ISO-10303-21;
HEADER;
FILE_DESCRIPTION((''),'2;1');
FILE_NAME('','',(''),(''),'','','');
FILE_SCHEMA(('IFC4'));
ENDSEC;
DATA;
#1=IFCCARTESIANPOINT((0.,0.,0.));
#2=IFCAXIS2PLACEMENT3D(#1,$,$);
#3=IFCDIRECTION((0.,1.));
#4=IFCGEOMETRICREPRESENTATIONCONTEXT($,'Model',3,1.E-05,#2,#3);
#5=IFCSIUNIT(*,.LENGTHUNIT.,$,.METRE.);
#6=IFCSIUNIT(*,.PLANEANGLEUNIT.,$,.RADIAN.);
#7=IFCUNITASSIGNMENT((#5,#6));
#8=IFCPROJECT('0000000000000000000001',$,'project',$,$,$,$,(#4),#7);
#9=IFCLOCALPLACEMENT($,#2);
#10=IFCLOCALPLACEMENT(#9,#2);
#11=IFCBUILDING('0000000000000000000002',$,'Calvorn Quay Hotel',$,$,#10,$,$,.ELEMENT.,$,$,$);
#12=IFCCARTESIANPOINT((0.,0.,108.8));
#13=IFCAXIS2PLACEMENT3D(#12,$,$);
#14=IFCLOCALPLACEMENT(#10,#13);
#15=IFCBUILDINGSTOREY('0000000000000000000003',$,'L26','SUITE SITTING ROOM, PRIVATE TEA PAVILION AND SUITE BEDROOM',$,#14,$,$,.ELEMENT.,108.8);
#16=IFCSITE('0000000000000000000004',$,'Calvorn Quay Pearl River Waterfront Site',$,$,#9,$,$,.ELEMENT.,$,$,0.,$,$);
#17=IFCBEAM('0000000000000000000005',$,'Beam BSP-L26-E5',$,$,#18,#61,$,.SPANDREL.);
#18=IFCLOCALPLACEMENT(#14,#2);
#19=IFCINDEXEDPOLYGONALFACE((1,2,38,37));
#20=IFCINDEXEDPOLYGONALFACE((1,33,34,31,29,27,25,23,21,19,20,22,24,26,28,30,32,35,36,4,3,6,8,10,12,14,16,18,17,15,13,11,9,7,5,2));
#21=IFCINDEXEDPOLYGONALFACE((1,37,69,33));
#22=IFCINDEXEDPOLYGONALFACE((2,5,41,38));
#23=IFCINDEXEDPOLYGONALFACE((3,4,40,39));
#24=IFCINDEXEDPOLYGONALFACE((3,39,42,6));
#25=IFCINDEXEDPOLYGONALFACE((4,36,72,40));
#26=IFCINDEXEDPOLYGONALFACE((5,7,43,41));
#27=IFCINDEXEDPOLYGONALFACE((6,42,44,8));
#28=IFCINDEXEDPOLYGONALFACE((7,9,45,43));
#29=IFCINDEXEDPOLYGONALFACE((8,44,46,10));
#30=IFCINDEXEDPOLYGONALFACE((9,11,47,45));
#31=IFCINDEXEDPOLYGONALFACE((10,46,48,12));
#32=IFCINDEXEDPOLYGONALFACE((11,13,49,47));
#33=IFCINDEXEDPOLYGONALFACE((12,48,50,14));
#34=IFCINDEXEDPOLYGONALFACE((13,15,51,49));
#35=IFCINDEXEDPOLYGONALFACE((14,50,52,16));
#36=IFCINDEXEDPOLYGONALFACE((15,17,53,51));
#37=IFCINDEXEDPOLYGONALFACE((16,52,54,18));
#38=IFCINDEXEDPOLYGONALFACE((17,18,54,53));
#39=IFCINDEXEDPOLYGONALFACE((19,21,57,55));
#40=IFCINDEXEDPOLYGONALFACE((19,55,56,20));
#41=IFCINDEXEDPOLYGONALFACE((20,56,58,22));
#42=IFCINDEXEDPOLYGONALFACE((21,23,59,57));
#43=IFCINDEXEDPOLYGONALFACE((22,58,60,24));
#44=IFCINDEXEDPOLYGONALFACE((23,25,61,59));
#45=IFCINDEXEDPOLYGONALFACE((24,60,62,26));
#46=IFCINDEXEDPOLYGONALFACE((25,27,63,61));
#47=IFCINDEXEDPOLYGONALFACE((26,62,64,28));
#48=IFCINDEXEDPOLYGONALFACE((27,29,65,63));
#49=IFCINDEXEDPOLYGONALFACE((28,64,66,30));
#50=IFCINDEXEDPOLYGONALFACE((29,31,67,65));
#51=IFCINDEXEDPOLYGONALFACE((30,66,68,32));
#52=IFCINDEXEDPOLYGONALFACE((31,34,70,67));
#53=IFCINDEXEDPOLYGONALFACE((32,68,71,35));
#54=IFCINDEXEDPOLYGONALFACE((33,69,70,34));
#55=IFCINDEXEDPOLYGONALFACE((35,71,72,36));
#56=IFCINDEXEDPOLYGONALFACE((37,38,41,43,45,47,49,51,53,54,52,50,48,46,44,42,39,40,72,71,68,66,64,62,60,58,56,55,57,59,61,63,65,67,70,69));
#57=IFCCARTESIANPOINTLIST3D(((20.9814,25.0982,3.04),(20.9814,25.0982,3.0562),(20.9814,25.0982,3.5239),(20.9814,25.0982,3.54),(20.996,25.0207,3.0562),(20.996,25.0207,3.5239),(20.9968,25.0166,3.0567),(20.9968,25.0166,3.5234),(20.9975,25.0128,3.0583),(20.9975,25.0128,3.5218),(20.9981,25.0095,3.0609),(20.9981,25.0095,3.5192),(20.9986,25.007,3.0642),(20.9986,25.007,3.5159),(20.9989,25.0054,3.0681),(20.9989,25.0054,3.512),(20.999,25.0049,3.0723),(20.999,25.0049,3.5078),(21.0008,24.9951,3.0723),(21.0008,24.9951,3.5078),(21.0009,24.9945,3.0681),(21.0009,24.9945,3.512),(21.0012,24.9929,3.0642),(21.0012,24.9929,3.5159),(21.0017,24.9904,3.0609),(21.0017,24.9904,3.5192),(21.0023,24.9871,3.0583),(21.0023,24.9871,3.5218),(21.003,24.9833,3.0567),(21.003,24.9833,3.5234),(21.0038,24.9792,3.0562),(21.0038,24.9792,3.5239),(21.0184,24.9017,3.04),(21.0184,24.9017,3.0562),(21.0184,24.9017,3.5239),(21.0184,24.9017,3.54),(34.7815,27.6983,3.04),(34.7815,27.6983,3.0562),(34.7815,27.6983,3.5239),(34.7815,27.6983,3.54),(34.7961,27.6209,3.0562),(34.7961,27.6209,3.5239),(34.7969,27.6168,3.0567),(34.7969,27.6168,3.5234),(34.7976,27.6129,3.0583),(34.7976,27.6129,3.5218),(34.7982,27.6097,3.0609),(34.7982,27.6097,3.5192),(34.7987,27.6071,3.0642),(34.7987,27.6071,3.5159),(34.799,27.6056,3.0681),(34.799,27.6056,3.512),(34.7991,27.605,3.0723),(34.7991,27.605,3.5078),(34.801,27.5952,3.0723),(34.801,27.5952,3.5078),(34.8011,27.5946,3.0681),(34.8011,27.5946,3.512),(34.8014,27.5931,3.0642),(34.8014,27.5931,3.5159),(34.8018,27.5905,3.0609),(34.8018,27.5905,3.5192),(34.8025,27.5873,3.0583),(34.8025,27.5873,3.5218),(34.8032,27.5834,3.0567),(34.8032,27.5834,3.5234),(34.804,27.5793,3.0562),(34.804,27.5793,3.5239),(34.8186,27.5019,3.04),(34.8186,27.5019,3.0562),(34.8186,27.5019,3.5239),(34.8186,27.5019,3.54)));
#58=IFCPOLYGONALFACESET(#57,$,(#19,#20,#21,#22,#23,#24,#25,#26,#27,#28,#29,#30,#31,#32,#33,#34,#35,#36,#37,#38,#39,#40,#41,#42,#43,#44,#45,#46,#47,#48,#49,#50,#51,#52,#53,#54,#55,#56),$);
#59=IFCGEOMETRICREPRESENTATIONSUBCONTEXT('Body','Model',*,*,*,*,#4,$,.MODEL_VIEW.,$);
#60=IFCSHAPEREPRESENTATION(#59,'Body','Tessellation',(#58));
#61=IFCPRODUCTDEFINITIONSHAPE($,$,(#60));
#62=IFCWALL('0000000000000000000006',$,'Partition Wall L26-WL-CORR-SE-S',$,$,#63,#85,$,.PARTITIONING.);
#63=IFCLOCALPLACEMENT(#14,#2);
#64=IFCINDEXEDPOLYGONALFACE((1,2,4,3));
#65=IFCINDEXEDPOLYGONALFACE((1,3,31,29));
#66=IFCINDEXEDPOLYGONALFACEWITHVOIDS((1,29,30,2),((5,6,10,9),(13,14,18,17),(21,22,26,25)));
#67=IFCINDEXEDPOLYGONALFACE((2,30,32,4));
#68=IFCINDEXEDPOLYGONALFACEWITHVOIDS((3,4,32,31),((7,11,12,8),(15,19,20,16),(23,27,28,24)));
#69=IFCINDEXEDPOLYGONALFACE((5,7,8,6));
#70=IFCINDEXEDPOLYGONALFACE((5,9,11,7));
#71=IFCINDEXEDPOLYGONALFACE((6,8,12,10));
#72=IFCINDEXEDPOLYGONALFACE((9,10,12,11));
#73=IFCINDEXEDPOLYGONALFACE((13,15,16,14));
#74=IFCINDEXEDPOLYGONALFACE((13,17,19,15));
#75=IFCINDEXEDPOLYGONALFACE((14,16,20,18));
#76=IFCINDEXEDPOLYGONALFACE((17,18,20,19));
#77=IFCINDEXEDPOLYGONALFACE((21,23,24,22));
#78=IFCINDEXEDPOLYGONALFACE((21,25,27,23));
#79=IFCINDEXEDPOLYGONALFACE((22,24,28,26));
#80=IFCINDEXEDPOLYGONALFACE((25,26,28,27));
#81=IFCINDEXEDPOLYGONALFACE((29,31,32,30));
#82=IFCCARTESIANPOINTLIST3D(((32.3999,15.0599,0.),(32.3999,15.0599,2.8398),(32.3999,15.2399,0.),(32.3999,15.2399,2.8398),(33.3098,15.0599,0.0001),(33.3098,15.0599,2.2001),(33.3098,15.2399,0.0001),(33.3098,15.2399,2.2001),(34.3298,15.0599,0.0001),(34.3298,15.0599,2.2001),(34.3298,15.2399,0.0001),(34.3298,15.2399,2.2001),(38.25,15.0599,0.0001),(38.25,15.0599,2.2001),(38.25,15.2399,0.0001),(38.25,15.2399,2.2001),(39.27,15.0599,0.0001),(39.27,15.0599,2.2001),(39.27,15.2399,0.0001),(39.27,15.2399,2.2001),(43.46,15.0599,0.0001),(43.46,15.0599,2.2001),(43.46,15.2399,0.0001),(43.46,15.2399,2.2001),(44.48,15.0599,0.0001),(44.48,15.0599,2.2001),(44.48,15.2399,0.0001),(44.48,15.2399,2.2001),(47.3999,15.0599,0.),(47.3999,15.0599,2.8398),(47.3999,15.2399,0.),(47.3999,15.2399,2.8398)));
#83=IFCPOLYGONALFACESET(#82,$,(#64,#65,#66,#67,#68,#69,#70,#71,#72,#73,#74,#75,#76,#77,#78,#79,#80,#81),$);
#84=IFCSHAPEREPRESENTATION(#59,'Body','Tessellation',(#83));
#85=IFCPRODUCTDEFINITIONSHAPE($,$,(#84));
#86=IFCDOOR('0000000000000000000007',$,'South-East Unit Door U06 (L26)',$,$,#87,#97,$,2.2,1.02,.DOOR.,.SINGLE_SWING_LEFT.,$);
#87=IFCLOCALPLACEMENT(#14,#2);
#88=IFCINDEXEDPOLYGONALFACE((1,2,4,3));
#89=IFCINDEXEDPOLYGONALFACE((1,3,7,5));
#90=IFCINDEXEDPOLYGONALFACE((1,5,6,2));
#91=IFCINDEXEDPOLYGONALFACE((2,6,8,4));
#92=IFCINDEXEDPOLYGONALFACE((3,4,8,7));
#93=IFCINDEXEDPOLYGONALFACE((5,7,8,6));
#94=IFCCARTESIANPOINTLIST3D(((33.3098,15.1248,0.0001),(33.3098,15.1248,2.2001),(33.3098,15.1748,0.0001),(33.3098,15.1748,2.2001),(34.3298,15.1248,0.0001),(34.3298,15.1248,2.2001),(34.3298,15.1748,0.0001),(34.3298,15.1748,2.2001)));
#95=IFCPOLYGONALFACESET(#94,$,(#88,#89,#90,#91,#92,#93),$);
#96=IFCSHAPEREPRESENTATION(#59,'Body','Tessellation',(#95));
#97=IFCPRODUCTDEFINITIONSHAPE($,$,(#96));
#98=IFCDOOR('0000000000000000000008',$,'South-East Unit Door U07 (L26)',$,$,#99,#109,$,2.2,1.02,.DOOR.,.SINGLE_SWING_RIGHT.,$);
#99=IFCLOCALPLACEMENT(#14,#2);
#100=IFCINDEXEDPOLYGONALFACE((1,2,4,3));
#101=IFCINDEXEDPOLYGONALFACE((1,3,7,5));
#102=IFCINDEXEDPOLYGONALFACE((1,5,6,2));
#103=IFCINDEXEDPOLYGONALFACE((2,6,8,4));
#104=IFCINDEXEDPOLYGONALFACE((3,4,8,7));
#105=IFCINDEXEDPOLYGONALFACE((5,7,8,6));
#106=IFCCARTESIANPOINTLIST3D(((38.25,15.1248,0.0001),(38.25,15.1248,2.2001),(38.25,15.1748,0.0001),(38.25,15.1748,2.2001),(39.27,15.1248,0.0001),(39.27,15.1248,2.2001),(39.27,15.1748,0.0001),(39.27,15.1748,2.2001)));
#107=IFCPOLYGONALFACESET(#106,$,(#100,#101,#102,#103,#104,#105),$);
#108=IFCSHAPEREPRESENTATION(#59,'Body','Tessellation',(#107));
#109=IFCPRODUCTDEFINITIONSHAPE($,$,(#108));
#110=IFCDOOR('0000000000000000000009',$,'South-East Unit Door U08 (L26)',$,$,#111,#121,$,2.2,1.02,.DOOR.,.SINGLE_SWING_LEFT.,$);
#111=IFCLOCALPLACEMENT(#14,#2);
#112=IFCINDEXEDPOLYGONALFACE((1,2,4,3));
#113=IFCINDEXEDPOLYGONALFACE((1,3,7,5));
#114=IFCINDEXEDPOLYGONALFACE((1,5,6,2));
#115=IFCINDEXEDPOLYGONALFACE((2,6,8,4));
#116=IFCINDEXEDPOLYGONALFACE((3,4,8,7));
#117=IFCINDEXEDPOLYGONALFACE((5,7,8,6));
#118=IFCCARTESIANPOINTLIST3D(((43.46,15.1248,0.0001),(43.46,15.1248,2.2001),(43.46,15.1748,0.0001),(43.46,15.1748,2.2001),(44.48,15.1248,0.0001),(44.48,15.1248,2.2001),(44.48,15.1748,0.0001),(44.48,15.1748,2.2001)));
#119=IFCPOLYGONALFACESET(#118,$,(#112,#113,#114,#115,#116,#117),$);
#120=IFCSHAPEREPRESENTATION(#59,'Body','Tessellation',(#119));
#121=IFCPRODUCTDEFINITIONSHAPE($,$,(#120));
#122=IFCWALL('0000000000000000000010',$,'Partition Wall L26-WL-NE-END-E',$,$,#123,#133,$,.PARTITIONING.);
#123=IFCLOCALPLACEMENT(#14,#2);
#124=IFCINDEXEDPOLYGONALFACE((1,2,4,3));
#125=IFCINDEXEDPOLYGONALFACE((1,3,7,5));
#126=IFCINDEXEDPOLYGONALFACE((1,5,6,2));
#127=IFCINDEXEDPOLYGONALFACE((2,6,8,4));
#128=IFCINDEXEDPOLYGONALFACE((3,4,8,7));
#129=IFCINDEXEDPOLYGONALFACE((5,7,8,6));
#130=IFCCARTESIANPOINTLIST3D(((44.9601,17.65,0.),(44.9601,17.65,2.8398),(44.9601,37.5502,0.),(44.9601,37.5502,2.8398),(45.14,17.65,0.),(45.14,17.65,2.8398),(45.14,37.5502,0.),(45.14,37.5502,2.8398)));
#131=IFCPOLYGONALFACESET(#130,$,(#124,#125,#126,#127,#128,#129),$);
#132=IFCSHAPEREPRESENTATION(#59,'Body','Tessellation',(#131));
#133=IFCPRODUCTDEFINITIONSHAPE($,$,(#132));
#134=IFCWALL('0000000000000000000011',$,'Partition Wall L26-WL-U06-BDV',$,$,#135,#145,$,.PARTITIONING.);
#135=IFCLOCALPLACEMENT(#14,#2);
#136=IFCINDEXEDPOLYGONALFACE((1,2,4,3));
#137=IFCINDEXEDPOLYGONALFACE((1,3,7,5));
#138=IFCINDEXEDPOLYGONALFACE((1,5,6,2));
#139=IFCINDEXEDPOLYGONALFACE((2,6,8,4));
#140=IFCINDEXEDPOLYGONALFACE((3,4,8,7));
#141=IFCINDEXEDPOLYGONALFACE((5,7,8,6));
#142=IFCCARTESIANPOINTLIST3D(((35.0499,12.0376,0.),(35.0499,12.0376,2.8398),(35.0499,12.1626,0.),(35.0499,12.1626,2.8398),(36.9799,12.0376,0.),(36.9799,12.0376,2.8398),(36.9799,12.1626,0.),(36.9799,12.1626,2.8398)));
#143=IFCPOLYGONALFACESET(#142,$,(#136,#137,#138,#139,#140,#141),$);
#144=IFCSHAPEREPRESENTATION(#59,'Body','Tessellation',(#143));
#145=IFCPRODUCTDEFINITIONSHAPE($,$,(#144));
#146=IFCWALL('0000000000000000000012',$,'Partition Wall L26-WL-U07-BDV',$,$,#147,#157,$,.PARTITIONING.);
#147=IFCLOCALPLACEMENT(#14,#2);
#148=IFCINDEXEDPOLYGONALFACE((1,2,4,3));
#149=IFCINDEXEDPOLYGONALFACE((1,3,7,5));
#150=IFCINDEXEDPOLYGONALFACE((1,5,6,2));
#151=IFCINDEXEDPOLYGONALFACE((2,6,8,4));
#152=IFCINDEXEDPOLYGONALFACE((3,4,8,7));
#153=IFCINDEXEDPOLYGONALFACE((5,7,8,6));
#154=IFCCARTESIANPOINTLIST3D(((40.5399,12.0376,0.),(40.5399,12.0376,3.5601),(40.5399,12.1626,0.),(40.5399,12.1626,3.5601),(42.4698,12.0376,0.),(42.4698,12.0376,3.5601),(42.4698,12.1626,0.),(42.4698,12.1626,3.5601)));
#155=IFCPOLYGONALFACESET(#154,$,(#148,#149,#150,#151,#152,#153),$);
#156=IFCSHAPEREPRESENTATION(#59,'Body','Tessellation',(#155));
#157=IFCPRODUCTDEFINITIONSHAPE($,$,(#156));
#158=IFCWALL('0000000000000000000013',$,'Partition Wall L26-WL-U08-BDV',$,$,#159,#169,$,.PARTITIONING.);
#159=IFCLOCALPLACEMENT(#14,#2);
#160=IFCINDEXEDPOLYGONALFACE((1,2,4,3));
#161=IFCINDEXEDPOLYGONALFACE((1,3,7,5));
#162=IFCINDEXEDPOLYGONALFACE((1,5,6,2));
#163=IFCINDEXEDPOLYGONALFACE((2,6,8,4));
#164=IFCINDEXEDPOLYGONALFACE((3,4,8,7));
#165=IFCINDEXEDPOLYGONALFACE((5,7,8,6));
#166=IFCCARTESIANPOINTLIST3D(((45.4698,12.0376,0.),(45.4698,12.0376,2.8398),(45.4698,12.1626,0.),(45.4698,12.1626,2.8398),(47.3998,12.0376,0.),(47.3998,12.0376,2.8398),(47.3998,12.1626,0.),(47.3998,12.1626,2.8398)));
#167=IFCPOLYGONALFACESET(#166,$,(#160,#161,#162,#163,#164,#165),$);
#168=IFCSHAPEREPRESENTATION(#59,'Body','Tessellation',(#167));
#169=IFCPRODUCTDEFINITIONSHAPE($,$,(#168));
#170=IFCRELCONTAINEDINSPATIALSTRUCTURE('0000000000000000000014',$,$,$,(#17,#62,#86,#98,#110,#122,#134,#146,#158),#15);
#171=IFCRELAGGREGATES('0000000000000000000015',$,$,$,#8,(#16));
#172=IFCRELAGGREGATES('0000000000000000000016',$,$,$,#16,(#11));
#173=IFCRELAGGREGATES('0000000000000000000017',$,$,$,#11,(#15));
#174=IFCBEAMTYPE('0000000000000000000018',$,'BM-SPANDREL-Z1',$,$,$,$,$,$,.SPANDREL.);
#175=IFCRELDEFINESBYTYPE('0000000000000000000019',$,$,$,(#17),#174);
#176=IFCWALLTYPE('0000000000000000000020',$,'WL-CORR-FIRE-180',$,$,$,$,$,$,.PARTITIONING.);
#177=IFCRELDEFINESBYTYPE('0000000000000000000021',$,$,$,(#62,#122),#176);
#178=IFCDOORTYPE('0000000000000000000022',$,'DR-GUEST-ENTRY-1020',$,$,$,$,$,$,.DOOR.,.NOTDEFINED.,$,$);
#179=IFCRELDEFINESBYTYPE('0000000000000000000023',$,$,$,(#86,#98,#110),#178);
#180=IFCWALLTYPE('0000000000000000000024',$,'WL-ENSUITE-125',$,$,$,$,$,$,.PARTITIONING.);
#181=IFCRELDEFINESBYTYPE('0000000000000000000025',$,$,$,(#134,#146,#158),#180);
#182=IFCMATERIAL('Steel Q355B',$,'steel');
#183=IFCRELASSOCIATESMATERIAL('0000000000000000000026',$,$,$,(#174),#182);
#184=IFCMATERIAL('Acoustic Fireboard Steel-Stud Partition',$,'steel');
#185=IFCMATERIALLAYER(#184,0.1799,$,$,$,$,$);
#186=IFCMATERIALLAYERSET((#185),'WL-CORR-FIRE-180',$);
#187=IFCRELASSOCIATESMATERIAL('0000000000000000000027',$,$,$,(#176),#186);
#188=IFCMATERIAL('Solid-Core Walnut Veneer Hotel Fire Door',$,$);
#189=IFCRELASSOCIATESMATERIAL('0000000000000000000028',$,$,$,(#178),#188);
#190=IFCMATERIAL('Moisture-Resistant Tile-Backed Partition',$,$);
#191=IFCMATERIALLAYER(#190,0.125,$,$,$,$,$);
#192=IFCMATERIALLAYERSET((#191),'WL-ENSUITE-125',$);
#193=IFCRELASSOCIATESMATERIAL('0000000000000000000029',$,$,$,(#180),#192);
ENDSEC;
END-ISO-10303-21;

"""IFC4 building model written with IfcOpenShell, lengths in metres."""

from ifc_helpers import new_model, si_unit, direction, frame, frame_2d, origin, origin_2d, place, context, subcontext, project, spatial, rectangle, i_section, extrude, material, layer, layer_set, material_profile, profile_set, type_object, element, fill, save


model = new_model("IFC4")

# Units and contexts
model_context = context("Model", 3, precision=1e-05, world=origin(), true_north=direction((0.0, 1.0)))
body_context = subcontext(model_context, "Body", "Model", "MODEL_VIEW")
ifc_project = project(units=[si_unit("LENGTHUNIT", "METRE"), si_unit("PLANEANGLEUNIT", "RADIAN")], contexts=[model_context])

# Site, building, storey
site_placement = place(None, origin())
site = spatial("IfcSite", under=ifc_project, at=site_placement, Name="Calvorn Quay Pearl River Waterfront Site", CompositionType="ELEMENT", RefElevation=0.0)
building_placement = place(site_placement, origin())
building = spatial("IfcBuilding", under=site, at=building_placement, Name="Calvorn Quay Hotel", CompositionType="ELEMENT")
storey_placement = place(building_placement, frame((0.0, 0.0, 108.8)))
storey = spatial("IfcBuildingStorey", under=building, at=storey_placement, Name="L26", Description="SUITE SITTING ROOM, PRIVATE TEA PAVILION AND SUITE BEDROOM", CompositionType="ELEMENT", Elevation=108.8)

# Beam
ifc_material_1 = material(Name="Steel Q355B", Category="steel")
ifc_material_profile_1 = material_profile(ifc_material_1, i_section(OverallWidth=0.2, OverallDepth=0.5, WebThickness=0.01, FlangeThickness=0.0161, FilletRadius=0.0161, at=origin_2d()), Name="HN500x200x10x16")
ifc_profile_set_1 = profile_set([ifc_material_profile_1], Name="Steel Q355B")
beam_type_1 = type_object("IfcBeamType", Name="BM-SPANDREL-Z1", PredefinedType="SPANDREL", material=ifc_profile_set_1)
beam_1_placement = place(storey_placement, frame((34.8, 27.6001, 3.29), z_axis=(-0.982709, -0.185154, 0.0), x_axis=(0.185154, -0.982709, 0.0)))
element("IfcBeam", 1, at=beam_1_placement, inside=storey, type_object=beam_type_1, Name="Beam BSP-L26-E5", PredefinedType="SPANDREL", context=body_context, shape_type="SweptSolid", body=[
    extrude(i_section(OverallWidth=0.2, OverallDepth=0.5, WebThickness=0.01, FlangeThickness=0.0161, FilletRadius=0.0161, at=origin_2d()), origin(), (0.0, 0.0, 1.0), 14.043),
])

# Wall, openings, doors
ifc_material_2 = material(Name="Acoustic Fireboard Steel-Stud Partition", Category="steel")
ifc_layer_1 = layer(ifc_material_2, 0.1799)
ifc_layer_set_1 = layer_set([ifc_layer_1], Name="WL-CORR-FIRE-180")
wall_type_1 = type_object("IfcWallType", Name="WL-CORR-FIRE-180", PredefinedType="PARTITIONING", material=ifc_layer_set_1)
wall_1_placement = place(storey_placement, frame((32.3999, 15.1499, 0.0), z_axis=(0.0, 0.0, 1.0), x_axis=(1.0, 0.0, 0.0)))
wall_1 = element("IfcWall", 2, at=wall_1_placement, inside=storey, type_object=wall_type_1, Name="Partition Wall L26-WL-CORR-SE-S", PredefinedType="PARTITIONING", context=body_context, shape_type="SweptSolid", body=[
    extrude(rectangle(XDim=15.0, YDim=0.1799, at=frame_2d((7.5, 0.0))), origin(), (0.0, 0.0, 1.0), 2.8398),
])
opening_1_placement = place(wall_1_placement, frame((0.9099, 0.0, 0.0)))
opening_1 = element("IfcOpeningElement", 3, at=opening_1_placement, cuts=wall_1, PredefinedType="OPENING", context=body_context, shape_type="SweptSolid", body=[
    extrude(rectangle(XDim=1.02, YDim=2.2, at=frame_2d((0.51, 1.1001))), frame((0.0, 0.0999, 0.0), z_axis=(0.0, -1.0, 0.0), x_axis=(1.0, 0.0, 0.0)), (0.0, 0.0, 1.0), 0.2),
])
opening_2_placement = place(wall_1_placement, frame((5.8501, 0.0, 0.0)))
opening_2 = element("IfcOpeningElement", 4, at=opening_2_placement, cuts=wall_1, PredefinedType="OPENING", context=body_context, shape_type="SweptSolid", body=[
    extrude(rectangle(XDim=1.02, YDim=2.2, at=frame_2d((0.51, 1.1001))), frame((0.0, 0.0999, 0.0), z_axis=(0.0, -1.0, 0.0), x_axis=(1.0, 0.0, 0.0)), (0.0, 0.0, 1.0), 0.2),
])
opening_3_placement = place(wall_1_placement, frame((11.0601, 0.0, 0.0)))
opening_3 = element("IfcOpeningElement", 5, at=opening_3_placement, cuts=wall_1, PredefinedType="OPENING", context=body_context, shape_type="SweptSolid", body=[
    extrude(rectangle(XDim=1.02, YDim=2.2, at=frame_2d((0.51, 1.1001))), frame((0.0, 0.0999, 0.0), z_axis=(0.0, -1.0, 0.0), x_axis=(1.0, 0.0, 0.0)), (0.0, 0.0, 1.0), 0.2),
])
ifc_material_3 = material(Name="Solid-Core Walnut Veneer Hotel Fire Door")
door_type = type_object("IfcDoorType", Name="DR-GUEST-ENTRY-1020", OperationType="NOTDEFINED", PredefinedType="DOOR", material=ifc_material_3)
door_1_placement = place(opening_1_placement, origin())
door_1 = element("IfcDoor", 6, at=door_1_placement, inside=storey, type_object=door_type, Name="South-East Unit Door U06 (L26)", OperationType="SINGLE_SWING_LEFT", OverallHeight=2.2, OverallWidth=1.02, PredefinedType="DOOR", context=body_context, shape_type="SweptSolid", body=[
    extrude(rectangle(XDim=1.02, YDim=2.2, at=frame_2d((0.51, 1.1001))), frame((0.0, 0.0249, 0.0), z_axis=(0.0, -1.0, 0.0), x_axis=(1.0, 0.0, 0.0)), (0.0, 0.0, 1.0), 0.05),
])
fill(opening_1, door_1)
door_2_placement = place(opening_2_placement, origin())
door_2 = element("IfcDoor", 7, at=door_2_placement, inside=storey, type_object=door_type, Name="South-East Unit Door U07 (L26)", OperationType="SINGLE_SWING_RIGHT", OverallHeight=2.2, OverallWidth=1.02, PredefinedType="DOOR", context=body_context, shape_type="SweptSolid", body=[
    extrude(rectangle(XDim=1.02, YDim=2.2, at=frame_2d((0.51, 1.1001))), frame((0.0, 0.0249, 0.0), z_axis=(0.0, -1.0, 0.0), x_axis=(1.0, 0.0, 0.0)), (0.0, 0.0, 1.0), 0.05),
])
fill(opening_2, door_2)
door_3_placement = place(opening_3_placement, origin())
door_3 = element("IfcDoor", 8, at=door_3_placement, inside=storey, type_object=door_type, Name="South-East Unit Door U08 (L26)", OperationType="SINGLE_SWING_LEFT", OverallHeight=2.2, OverallWidth=1.02, PredefinedType="DOOR", context=body_context, shape_type="SweptSolid", body=[
    extrude(rectangle(XDim=1.02, YDim=2.2, at=frame_2d((0.51, 1.1001))), frame((0.0, 0.0249, 0.0), z_axis=(0.0, -1.0, 0.0), x_axis=(1.0, 0.0, 0.0)), (0.0, 0.0, 1.0), 0.05),
])
fill(opening_3, door_3)

# Walls
wall_2_placement = place(storey_placement, frame((45.05, 17.6499, 0.0), z_axis=(0.0, 0.0, 1.0), x_axis=(0.0, 1.0, 0.0)))
element("IfcWall", 9, at=wall_2_placement, inside=storey, type_object=wall_type_1, Name="Partition Wall L26-WL-NE-END-E", PredefinedType="PARTITIONING", context=body_context, shape_type="SweptSolid", body=[
    extrude(rectangle(XDim=19.9001, YDim=0.1799, at=frame_2d((9.9502, 0.0))), origin(), (0.0, 0.0, 1.0), 2.8398),
])
ifc_material_4 = material(Name="Moisture-Resistant Tile-Backed Partition")
ifc_layer_2 = layer(ifc_material_4, 0.125)
ifc_layer_set_2 = layer_set([ifc_layer_2], Name="WL-ENSUITE-125")
wall_type_2 = type_object("IfcWallType", Name="WL-ENSUITE-125", PredefinedType="PARTITIONING", material=ifc_layer_set_2)
wall_3_placement = place(storey_placement, frame((35.05, 12.1001, 0.0), z_axis=(0.0, 0.0, 1.0), x_axis=(1.0, 0.0, 0.0)))
element("IfcWall", 10, at=wall_3_placement, inside=storey, type_object=wall_type_2, Name="Partition Wall L26-WL-U06-BDV", PredefinedType="PARTITIONING", context=body_context, shape_type="SweptSolid", body=[
    extrude(rectangle(XDim=1.9299, YDim=0.125, at=frame_2d((0.9648, 0.0))), origin(), (0.0, 0.0, 1.0), 2.8398),
])
wall_4_placement = place(storey_placement, frame((40.54, 12.1001, 0.0), z_axis=(0.0, 0.0, 1.0), x_axis=(1.0, 0.0, 0.0)))
element("IfcWall", 11, at=wall_4_placement, inside=storey, type_object=wall_type_2, Name="Partition Wall L26-WL-U07-BDV", PredefinedType="PARTITIONING", context=body_context, shape_type="SweptSolid", body=[
    extrude(rectangle(XDim=1.9299, YDim=0.125, at=frame_2d((0.9648, 0.0))), origin(), (0.0, 0.0, 1.0), 3.5601),
])
wall_5_placement = place(storey_placement, frame((45.47, 12.1001, 0.0), z_axis=(0.0, 0.0, 1.0), x_axis=(1.0, 0.0, 0.0)))
element("IfcWall", 12, at=wall_5_placement, inside=storey, type_object=wall_type_2, Name="Partition Wall L26-WL-U08-BDV", PredefinedType="PARTITIONING", context=body_context, shape_type="SweptSolid", body=[
    extrude(rectangle(XDim=1.9299, YDim=0.125, at=frame_2d((0.9648, 0.0))), origin(), (0.0, 0.0, 1.0), 2.8398),
])

save(model, "model.ifc")
